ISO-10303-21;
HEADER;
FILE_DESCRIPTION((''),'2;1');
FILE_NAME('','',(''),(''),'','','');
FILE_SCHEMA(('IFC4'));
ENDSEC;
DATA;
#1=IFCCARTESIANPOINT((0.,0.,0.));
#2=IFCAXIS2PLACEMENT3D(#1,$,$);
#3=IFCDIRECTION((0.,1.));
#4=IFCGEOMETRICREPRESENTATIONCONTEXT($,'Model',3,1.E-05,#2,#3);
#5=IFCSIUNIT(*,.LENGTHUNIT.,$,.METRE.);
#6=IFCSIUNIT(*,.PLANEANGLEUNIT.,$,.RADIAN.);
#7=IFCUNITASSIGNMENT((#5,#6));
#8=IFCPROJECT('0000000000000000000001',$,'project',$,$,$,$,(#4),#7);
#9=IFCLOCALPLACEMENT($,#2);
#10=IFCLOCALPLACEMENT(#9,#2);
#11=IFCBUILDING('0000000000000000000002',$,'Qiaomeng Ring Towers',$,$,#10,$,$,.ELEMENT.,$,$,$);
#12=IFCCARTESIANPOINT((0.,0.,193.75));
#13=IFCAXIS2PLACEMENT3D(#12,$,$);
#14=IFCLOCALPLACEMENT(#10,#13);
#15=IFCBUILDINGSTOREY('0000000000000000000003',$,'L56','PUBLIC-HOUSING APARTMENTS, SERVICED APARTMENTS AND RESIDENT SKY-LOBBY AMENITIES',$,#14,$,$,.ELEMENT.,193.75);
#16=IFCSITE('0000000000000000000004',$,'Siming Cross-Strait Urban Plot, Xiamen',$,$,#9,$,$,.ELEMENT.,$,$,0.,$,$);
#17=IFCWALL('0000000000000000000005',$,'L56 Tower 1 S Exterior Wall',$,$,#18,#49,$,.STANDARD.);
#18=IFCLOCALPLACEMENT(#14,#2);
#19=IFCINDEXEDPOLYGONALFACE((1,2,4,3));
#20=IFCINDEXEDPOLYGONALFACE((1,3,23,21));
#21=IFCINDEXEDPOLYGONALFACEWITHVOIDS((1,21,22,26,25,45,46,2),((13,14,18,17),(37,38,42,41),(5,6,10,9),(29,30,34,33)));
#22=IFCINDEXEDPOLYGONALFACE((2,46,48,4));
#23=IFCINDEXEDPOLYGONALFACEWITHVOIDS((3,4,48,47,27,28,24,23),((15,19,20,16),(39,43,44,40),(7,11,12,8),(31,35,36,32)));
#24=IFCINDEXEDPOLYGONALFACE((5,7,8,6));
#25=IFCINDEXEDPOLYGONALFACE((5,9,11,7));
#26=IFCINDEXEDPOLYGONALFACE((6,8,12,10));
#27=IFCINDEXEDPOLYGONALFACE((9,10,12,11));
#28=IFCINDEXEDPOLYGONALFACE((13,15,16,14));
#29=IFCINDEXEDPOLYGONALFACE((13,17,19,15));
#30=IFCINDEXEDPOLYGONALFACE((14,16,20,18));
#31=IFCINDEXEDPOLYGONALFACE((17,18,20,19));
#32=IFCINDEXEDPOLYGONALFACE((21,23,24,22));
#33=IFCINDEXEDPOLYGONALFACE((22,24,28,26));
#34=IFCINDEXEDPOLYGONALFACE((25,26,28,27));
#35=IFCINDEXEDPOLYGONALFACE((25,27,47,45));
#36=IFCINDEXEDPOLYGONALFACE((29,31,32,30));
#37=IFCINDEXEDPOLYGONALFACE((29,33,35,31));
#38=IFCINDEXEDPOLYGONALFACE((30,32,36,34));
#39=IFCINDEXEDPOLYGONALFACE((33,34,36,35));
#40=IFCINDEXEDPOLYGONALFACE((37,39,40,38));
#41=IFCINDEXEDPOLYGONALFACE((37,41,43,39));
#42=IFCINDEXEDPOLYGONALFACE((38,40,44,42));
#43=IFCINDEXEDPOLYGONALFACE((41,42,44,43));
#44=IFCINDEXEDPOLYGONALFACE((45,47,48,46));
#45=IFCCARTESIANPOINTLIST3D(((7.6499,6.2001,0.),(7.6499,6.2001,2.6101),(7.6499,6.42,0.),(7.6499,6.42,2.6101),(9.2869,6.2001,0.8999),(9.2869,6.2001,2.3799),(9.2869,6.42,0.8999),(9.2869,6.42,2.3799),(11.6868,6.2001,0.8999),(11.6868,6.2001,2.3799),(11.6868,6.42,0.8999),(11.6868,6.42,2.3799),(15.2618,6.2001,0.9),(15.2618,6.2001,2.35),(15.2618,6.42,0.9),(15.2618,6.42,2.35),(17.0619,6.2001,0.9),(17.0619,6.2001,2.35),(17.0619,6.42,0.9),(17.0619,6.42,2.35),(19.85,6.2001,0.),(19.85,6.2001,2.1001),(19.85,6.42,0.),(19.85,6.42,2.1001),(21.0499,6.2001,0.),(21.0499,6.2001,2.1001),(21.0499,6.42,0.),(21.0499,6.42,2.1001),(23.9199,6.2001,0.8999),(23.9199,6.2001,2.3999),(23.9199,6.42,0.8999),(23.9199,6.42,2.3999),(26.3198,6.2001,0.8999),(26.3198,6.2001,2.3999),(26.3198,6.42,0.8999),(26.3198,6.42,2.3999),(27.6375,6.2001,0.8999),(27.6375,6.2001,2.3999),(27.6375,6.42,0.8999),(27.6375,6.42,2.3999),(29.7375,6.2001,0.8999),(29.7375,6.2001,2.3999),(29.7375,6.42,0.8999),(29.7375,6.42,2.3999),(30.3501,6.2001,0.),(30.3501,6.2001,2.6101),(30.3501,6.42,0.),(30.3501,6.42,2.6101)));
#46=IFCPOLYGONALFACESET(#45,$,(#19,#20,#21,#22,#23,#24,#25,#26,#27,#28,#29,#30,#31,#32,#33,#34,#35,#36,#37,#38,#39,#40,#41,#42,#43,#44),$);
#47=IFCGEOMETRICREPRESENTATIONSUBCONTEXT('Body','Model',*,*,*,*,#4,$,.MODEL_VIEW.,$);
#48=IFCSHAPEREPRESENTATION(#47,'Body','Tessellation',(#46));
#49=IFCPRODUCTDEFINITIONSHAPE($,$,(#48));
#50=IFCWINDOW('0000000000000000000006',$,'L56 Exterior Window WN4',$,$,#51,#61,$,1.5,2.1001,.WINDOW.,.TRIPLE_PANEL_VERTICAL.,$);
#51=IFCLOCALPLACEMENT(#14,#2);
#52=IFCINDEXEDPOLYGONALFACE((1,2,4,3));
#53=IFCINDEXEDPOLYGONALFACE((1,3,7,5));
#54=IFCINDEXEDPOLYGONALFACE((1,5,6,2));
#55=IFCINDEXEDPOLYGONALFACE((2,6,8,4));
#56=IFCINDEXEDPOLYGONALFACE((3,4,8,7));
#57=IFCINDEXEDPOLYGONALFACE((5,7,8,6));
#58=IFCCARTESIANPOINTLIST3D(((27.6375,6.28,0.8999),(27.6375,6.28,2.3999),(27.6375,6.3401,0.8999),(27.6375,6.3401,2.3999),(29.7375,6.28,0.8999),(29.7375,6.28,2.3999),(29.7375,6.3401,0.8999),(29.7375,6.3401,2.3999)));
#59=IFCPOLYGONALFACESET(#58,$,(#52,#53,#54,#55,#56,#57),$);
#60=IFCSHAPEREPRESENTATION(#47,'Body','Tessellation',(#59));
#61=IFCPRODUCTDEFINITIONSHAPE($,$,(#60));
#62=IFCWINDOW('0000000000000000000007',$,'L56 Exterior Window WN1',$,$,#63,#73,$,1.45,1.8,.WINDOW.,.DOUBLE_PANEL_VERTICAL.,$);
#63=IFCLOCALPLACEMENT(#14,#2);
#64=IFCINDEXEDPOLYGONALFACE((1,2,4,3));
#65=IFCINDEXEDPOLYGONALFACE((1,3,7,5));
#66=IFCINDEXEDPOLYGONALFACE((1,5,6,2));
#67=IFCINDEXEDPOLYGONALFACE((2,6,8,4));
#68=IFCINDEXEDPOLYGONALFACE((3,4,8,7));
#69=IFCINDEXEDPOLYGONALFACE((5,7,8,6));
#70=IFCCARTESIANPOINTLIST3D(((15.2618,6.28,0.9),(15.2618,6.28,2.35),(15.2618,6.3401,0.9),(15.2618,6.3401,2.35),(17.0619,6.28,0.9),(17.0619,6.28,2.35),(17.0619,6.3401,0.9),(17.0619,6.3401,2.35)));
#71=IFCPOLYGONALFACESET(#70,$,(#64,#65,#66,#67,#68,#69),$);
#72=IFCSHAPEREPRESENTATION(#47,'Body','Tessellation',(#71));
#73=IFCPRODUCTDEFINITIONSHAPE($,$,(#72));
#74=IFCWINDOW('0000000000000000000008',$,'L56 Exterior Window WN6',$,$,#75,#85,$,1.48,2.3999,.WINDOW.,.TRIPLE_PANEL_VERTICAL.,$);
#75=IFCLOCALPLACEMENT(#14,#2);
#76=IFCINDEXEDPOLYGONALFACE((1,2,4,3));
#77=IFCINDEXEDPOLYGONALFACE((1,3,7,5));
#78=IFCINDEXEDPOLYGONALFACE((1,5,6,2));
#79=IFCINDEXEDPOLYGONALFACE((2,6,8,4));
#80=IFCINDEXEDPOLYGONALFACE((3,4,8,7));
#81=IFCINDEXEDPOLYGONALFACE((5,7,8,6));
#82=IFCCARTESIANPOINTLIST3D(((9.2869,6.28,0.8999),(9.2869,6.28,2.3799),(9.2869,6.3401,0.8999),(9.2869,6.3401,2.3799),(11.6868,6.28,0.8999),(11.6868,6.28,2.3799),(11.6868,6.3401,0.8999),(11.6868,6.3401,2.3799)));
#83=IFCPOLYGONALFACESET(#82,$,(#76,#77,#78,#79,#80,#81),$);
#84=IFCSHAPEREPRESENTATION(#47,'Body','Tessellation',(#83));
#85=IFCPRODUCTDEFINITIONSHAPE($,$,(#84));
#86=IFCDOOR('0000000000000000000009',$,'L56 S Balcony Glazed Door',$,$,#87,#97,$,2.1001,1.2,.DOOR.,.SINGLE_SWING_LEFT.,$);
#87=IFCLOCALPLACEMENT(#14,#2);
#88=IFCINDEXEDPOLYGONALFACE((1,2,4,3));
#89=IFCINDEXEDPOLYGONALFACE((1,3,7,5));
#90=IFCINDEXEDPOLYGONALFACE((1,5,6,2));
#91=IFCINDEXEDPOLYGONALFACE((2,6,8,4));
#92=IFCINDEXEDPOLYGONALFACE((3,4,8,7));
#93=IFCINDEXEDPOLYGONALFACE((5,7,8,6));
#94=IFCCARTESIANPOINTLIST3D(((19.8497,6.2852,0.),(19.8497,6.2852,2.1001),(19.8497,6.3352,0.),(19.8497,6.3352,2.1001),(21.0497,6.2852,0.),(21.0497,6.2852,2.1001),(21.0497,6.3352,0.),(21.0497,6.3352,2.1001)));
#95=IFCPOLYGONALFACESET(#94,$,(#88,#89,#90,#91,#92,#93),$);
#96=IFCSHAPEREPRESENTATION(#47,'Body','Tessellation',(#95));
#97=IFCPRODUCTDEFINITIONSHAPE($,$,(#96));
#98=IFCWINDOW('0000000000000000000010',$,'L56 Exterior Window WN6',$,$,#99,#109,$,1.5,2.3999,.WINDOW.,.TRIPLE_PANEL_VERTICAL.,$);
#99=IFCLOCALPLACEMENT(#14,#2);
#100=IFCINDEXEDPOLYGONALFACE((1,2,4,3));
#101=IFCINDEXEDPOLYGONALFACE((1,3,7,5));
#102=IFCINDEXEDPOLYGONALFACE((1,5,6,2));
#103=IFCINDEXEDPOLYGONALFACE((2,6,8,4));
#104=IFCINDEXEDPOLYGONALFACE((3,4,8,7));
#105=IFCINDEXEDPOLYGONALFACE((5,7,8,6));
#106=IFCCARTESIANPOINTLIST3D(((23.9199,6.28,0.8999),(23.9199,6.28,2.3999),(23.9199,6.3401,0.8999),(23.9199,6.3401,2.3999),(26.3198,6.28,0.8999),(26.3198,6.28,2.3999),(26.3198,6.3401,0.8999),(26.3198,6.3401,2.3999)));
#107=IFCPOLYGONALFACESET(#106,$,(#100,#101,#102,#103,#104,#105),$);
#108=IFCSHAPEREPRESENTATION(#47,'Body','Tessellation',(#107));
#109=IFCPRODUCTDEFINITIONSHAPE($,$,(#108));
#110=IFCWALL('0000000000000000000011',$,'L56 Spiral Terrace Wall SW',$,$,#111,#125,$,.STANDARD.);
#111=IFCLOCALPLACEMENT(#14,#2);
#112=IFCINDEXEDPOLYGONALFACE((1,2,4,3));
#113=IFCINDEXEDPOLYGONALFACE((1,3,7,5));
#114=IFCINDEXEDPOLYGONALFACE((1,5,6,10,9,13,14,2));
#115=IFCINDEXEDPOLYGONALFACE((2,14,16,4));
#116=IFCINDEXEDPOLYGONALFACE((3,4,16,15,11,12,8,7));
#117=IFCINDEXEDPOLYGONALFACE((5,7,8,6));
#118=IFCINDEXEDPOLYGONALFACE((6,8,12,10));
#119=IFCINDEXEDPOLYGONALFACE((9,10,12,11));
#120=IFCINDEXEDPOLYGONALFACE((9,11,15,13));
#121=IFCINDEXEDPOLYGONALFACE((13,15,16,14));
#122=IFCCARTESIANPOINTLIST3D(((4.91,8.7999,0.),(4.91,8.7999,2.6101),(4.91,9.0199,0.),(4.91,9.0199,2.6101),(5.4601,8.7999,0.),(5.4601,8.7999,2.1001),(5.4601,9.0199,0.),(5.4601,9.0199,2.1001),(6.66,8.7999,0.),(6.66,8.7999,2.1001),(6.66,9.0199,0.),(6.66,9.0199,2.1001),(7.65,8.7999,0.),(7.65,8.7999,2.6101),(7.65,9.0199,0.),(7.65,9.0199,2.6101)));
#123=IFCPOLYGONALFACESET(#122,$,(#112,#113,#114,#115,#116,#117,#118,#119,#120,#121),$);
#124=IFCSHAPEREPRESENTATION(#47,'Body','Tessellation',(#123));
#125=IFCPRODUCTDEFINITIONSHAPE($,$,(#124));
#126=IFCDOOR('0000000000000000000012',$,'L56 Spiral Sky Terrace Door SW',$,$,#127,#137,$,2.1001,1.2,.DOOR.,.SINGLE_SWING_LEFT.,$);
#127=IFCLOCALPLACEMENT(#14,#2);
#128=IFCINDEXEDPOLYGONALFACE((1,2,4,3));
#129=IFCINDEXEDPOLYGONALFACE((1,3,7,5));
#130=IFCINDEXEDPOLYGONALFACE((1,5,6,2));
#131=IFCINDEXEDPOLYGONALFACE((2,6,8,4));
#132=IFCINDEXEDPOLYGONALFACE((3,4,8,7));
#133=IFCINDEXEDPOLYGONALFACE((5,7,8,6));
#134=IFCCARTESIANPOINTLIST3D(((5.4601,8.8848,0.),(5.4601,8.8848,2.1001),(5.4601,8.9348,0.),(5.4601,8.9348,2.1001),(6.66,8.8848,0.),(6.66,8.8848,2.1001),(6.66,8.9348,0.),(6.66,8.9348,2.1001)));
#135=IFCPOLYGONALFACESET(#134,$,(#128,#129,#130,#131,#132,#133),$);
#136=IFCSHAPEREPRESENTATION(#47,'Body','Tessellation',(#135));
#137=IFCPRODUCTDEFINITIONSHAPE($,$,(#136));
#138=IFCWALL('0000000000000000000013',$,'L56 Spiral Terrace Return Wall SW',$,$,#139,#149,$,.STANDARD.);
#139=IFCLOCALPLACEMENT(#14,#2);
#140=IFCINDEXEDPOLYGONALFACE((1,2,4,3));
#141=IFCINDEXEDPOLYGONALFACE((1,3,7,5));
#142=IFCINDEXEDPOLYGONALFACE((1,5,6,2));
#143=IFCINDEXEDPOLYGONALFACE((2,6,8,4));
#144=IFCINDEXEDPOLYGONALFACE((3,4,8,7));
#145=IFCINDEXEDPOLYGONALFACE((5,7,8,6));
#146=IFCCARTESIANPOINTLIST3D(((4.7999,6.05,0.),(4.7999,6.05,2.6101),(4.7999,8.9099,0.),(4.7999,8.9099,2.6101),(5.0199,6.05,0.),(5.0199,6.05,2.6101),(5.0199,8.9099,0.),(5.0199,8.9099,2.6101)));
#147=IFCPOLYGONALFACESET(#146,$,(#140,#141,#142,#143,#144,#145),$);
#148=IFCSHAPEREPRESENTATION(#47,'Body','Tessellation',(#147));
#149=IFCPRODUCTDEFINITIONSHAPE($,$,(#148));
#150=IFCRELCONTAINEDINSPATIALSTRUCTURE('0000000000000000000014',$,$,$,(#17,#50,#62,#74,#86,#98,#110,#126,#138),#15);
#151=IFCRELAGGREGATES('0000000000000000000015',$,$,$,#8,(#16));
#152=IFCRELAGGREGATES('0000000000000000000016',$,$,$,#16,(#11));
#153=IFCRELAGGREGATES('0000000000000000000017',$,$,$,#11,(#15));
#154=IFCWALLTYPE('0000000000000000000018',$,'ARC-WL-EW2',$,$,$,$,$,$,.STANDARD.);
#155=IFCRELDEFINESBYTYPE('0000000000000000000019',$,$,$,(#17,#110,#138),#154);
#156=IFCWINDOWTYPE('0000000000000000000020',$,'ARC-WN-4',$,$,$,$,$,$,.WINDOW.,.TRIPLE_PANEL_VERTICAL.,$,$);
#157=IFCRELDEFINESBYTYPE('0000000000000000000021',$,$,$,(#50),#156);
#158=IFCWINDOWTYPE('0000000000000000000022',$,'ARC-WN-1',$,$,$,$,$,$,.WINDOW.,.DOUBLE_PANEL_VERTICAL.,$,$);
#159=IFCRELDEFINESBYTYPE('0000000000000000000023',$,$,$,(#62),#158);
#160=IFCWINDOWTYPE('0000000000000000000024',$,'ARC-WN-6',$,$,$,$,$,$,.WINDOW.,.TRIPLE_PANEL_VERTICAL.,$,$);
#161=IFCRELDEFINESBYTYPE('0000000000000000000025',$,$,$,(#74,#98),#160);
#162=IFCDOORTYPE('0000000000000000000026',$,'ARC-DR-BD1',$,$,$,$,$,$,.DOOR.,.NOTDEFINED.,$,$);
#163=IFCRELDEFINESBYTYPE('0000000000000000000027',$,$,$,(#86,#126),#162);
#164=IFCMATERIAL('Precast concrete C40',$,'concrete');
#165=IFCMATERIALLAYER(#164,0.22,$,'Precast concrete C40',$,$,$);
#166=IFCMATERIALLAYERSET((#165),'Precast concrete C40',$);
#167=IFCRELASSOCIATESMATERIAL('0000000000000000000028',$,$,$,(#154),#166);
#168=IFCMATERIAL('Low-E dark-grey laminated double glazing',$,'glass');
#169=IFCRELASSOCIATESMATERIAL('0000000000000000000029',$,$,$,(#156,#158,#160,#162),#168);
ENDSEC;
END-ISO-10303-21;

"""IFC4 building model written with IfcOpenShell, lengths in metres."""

from ifc_helpers import new_model, si_unit, direction, frame, frame_2d, origin, place, context, subcontext, project, spatial, rectangle, extrude, source, transform, mapped, material, layer, layer_set, type_object, element, fill, save


model = new_model("IFC4")

# Units and contexts
model_context = context("Model", 3, precision=1e-05, world=origin(), true_north=direction((0.0, 1.0)))
body_context = subcontext(model_context, "Body", "Model", "MODEL_VIEW")
ifc_project = project(units=[si_unit("LENGTHUNIT", "METRE"), si_unit("PLANEANGLEUNIT", "RADIAN")], contexts=[model_context])

# Site, building, storey
site_placement = place(None, origin())
site = spatial("IfcSite", under=ifc_project, at=site_placement, Name="Siming Cross-Strait Urban Plot, Xiamen", CompositionType="ELEMENT", RefElevation=0.0)
building_placement = place(site_placement, origin())
building = spatial("IfcBuilding", under=site, at=building_placement, Name="Qiaomeng Ring Towers", CompositionType="ELEMENT")
storey_placement = place(building_placement, frame((0.0, 0.0, 193.75)))
storey = spatial("IfcBuildingStorey", under=building, at=storey_placement, Name="L56", Description="PUBLIC-HOUSING APARTMENTS, SERVICED APARTMENTS AND RESIDENT SKY-LOBBY AMENITIES", CompositionType="ELEMENT", Elevation=193.75)

# Wall, openings, windows, door
ifc_material_1 = material(Name="Precast concrete C40", Category="concrete")
ifc_layer = layer(ifc_material_1, 0.22, Name="Precast concrete C40")
ifc_layer_set = layer_set([ifc_layer], Name="Precast concrete C40")
wall_type = type_object("IfcWallType", Name="ARC-WL-EW2", PredefinedType="STANDARD", material=ifc_layer_set)
wall_1_placement = place(storey_placement, frame((7.6499, 6.3101, 0.0), z_axis=(0.0, 0.0, 1.0), x_axis=(1.0, 0.0, 0.0)))
wall_1 = element("IfcWall", 1, at=wall_1_placement, inside=storey, type_object=wall_type, Name="L56 Tower 1 S Exterior Wall", PredefinedType="STANDARD", context=body_context, shape_type="SweptSolid", body=[
    extrude(rectangle(XDim=22.7002, YDim=0.22, at=frame_2d((11.3501, 0.0))), origin(), (0.0, 0.0, 1.0), 2.6101),
])
opening_1_placement = place(wall_1_placement, frame((12.2, 0.0, 0.0)))
opening_1 = element("IfcOpeningElement", 2, at=opening_1_placement, cuts=wall_1, PredefinedType="OPENING", context=body_context, shape_type="SweptSolid", body=[
    extrude(rectangle(XDim=1.2, YDim=2.1001, at=frame_2d((0.6001, 1.05))), frame((0.0, 0.1199, 0.0), z_axis=(0.0, -1.0, 0.0), x_axis=(1.0, 0.0, 0.0)), (0.0, 0.0, 1.0), 0.24),
])
opening_2_placement = place(wall_1_placement, frame((1.637, 0.0, 0.8999)))
opening_2 = element("IfcOpeningElement", 3, at=opening_2_placement, cuts=wall_1, PredefinedType="OPENING", context=body_context, shape_type="SweptSolid", body=[
    extrude(rectangle(XDim=2.3999, YDim=1.48, at=frame_2d((1.2, 0.74))), frame((0.0, 0.1199, 0.0), z_axis=(0.0, -1.0, 0.0), x_axis=(1.0, 0.0, 0.0)), (0.0, 0.0, 1.0), 0.24),
])
opening_3_placement = place(wall_1_placement, frame((7.6121, 0.0, 0.8999)))
opening_3 = element("IfcOpeningElement", 4, at=opening_3_placement, cuts=wall_1, PredefinedType="OPENING", context=body_context, shape_type="SweptSolid", body=[
    extrude(rectangle(XDim=1.8, YDim=1.45, at=frame_2d((0.8999, 0.7251))), frame((0.0, 0.1199, 0.0), z_axis=(0.0, -1.0, 0.0), x_axis=(1.0, 0.0, 0.0)), (0.0, 0.0, 1.0), 0.24),
])
opening_4_placement = place(wall_1_placement, frame((19.9875, 0.0, 0.8999)))
opening_4 = element("IfcOpeningElement", 5, at=opening_4_placement, cuts=wall_1, PredefinedType="OPENING", context=body_context, shape_type="SweptSolid", body=[
    extrude(rectangle(XDim=2.1001, YDim=1.5, at=frame_2d((1.05, 0.75))), frame((0.0, 0.1199, 0.0), z_axis=(0.0, -1.0, 0.0), x_axis=(1.0, 0.0, 0.0)), (0.0, 0.0, 1.0), 0.24),
])
opening_5_placement = place(wall_1_placement, frame((16.27, 0.0, 0.8999)))
opening_5 = element("IfcOpeningElement", 6, at=opening_5_placement, cuts=wall_1, PredefinedType="OPENING", context=body_context, shape_type="SweptSolid", body=[
    extrude(rectangle(XDim=2.3999, YDim=1.5, at=frame_2d((1.2, 0.75))), frame((0.0, 0.1199, 0.0), z_axis=(0.0, -1.0, 0.0), x_axis=(1.0, 0.0, 0.0)), (0.0, 0.0, 1.0), 0.24),
])
ifc_material_2 = material(Name="Low-E dark-grey laminated double glazing", Category="glass")
window_type_1 = type_object("IfcWindowType", Name="ARC-WN-4", PartitioningType="TRIPLE_PANEL_VERTICAL", PredefinedType="WINDOW", material=ifc_material_2)
shared_shape_1 = source(origin(), body_context, "Body", "SweptSolid", [
    extrude(rectangle(XDim=2.1001, YDim=1.5, at=frame_2d((1.05, 0.75))), frame((0.0, 0.03, 0.0), z_axis=(0.0, -1.0, 0.0), x_axis=(1.0, 0.0, 0.0)), (0.0, 0.0, 1.0), 0.0601),
])
window_1_placement = place(opening_4_placement, origin())
window_1 = element("IfcWindow", 7, at=window_1_placement, inside=storey, type_object=window_type_1, Name="L56 Exterior Window WN4", OverallHeight=1.5, OverallWidth=2.1001, PartitioningType="TRIPLE_PANEL_VERTICAL", PredefinedType="WINDOW", context=body_context, shape_type="MappedRepresentation", body=[
    mapped(shared_shape_1, transform((0.0, 0.0, 0.0), x_axis=(1.0, 0.0, 0.0), y_axis=(0.0, 1.0, 0.0), z_axis=(0.0, 0.0, 1.0), scale=1.0)),
])
fill(opening_4, window_1)
window_type_2 = type_object("IfcWindowType", Name="ARC-WN-1", PartitioningType="DOUBLE_PANEL_VERTICAL", PredefinedType="WINDOW", material=ifc_material_2)
shared_shape_2 = source(origin(), body_context, "Body", "SweptSolid", [
    extrude(rectangle(XDim=1.8, YDim=1.45, at=frame_2d((0.8999, 0.7251))), frame((0.0, 0.03, 0.0), z_axis=(0.0, -1.0, 0.0), x_axis=(1.0, 0.0, 0.0)), (0.0, 0.0, 1.0), 0.0601),
])
window_2_placement = place(opening_3_placement, origin())
window_2 = element("IfcWindow", 8, at=window_2_placement, inside=storey, type_object=window_type_2, Name="L56 Exterior Window WN1", OverallHeight=1.45, OverallWidth=1.8, PartitioningType="DOUBLE_PANEL_VERTICAL", PredefinedType="WINDOW", context=body_context, shape_type="MappedRepresentation", body=[
    mapped(shared_shape_2, transform((0.0, 0.0, 0.0), x_axis=(1.0, 0.0, 0.0), y_axis=(0.0, 1.0, 0.0), z_axis=(0.0, 0.0, 1.0), scale=1.0)),
])
fill(opening_3, window_2)
window_type_3 = type_object("IfcWindowType", Name="ARC-WN-6", PartitioningType="TRIPLE_PANEL_VERTICAL", PredefinedType="WINDOW", material=ifc_material_2)
shared_shape_3 = source(origin(), body_context, "Body", "SweptSolid", [
    extrude(rectangle(XDim=2.3999, YDim=1.48, at=frame_2d((1.2, 0.74))), frame((0.0, 0.03, 0.0), z_axis=(0.0, -1.0, 0.0), x_axis=(1.0, 0.0, 0.0)), (0.0, 0.0, 1.0), 0.0601),
])
window_3_placement = place(opening_2_placement, origin())
window_3 = element("IfcWindow", 9, at=window_3_placement, inside=storey, type_object=window_type_3, Name="L56 Exterior Window WN6", OverallHeight=1.48, OverallWidth=2.3999, PartitioningType="TRIPLE_PANEL_VERTICAL", PredefinedType="WINDOW", context=body_context, shape_type="MappedRepresentation", body=[
    mapped(shared_shape_3, transform((0.0, 0.0, 0.0), x_axis=(1.0, 0.0, 0.0), y_axis=(0.0, 1.0, 0.0), z_axis=(0.0, 0.0, 1.0), scale=1.0)),
])
fill(opening_2, window_3)
door_type = type_object("IfcDoorType", Name="ARC-DR-BD1", OperationType="NOTDEFINED", PredefinedType="DOOR", material=ifc_material_2)
shared_shape_4 = source(origin(), body_context, "Body", "SweptSolid", [
    extrude(rectangle(XDim=1.2, YDim=2.1001, at=frame_2d((0.6001, 1.05))), frame((0.0, 0.0249, 0.0), z_axis=(0.0, -1.0, 0.0), x_axis=(1.0, 0.0, 0.0)), (0.0, 0.0, 1.0), 0.05),
])
door_1_placement = place(opening_1_placement, frame((1.2, 0.0, 0.0), z_axis=(0.0, 0.0, 1.0), x_axis=(-1.0, 0.0, 0.0)))
door_1 = element("IfcDoor", 10, at=door_1_placement, inside=storey, type_object=door_type, Name="L56 S Balcony Glazed Door", OperationType="SINGLE_SWING_LEFT", OverallHeight=2.1001, OverallWidth=1.2, PredefinedType="DOOR", context=body_context, shape_type="MappedRepresentation", body=[
    mapped(shared_shape_4, transform((0.0, 0.0, 0.0), x_axis=(1.0, 0.0, 0.0), y_axis=(0.0, 1.0, 0.0), z_axis=(0.0, 0.0, 1.0), scale=1.0)),
])
fill(opening_1, door_1)
shared_shape_5 = source(origin(), body_context, "Body", "SweptSolid", [
    extrude(rectangle(XDim=2.3999, YDim=1.5, at=frame_2d((1.2, 0.75))), frame((0.0, 0.03, 0.0), z_axis=(0.0, -1.0, 0.0), x_axis=(1.0, 0.0, 0.0)), (0.0, 0.0, 1.0), 0.0601),
])
window_4_placement = place(opening_5_placement, origin())
window_4 = element("IfcWindow", 11, at=window_4_placement, inside=storey, type_object=window_type_3, Name="L56 Exterior Window WN6", OverallHeight=1.5, OverallWidth=2.3999, PartitioningType="TRIPLE_PANEL_VERTICAL", PredefinedType="WINDOW", context=body_context, shape_type="MappedRepresentation", body=[
    mapped(shared_shape_5, transform((0.0, 0.0, 0.0), x_axis=(1.0, 0.0, 0.0), y_axis=(0.0, 1.0, 0.0), z_axis=(0.0, 0.0, 1.0), scale=1.0)),
])
fill(opening_5, window_4)

# Wall, opening, door
wall_2_placement = place(storey_placement, frame((4.9099, 8.9099, 0.0), z_axis=(0.0, 0.0, 1.0), x_axis=(1.0, 0.0, 0.0)))
wall_2 = element("IfcWall", 12, at=wall_2_placement, inside=storey, type_object=wall_type, Name="L56 Spiral Terrace Wall SW", PredefinedType="STANDARD", context=body_context, shape_type="SweptSolid", body=[
    extrude(rectangle(XDim=2.74, YDim=0.22, at=frame_2d((1.3701, 0.0))), origin(), (0.0, 0.0, 1.0), 2.6101),
])
opening_6_placement = place(wall_2_placement, frame((0.55, 0.0, 0.0)))
opening_6 = element("IfcOpeningElement", 13, at=opening_6_placement, cuts=wall_2, PredefinedType="OPENING", context=body_context, shape_type="SweptSolid", body=[
    extrude(rectangle(XDim=1.2, YDim=2.1001, at=frame_2d((0.6001, 1.05))), frame((0.0, 0.1199, 0.0), z_axis=(0.0, -1.0, 0.0), x_axis=(1.0, 0.0, 0.0)), (0.0, 0.0, 1.0), 0.24),
])
door_2_placement = place(opening_6_placement, origin())
door_2 = element("IfcDoor", 14, at=door_2_placement, inside=storey, type_object=door_type, Name="L56 Spiral Sky Terrace Door SW", OperationType="SINGLE_SWING_LEFT", OverallHeight=2.1001, OverallWidth=1.2, PredefinedType="DOOR", context=body_context, shape_type="MappedRepresentation", body=[
    mapped(shared_shape_4, transform((0.0, 0.0, 0.0), x_axis=(1.0, 0.0, 0.0), y_axis=(0.0, 1.0, 0.0), z_axis=(0.0, 0.0, 1.0), scale=1.0)),
])
fill(opening_6, door_2)

# Wall
wall_3_placement = place(storey_placement, frame((4.9099, 6.05, 0.0), z_axis=(0.0, 0.0, 1.0), x_axis=(0.0, 1.0, 0.0)))
element("IfcWall", 15, at=wall_3_placement, inside=storey, type_object=wall_type, Name="L56 Spiral Terrace Return Wall SW", PredefinedType="STANDARD", context=body_context, shape_type="SweptSolid", body=[
    extrude(rectangle(XDim=2.8599, YDim=0.22, at=frame_2d((1.4299, 0.0))), origin(), (0.0, 0.0, 1.0), 2.6101),
])

save(model, "model.ifc")
